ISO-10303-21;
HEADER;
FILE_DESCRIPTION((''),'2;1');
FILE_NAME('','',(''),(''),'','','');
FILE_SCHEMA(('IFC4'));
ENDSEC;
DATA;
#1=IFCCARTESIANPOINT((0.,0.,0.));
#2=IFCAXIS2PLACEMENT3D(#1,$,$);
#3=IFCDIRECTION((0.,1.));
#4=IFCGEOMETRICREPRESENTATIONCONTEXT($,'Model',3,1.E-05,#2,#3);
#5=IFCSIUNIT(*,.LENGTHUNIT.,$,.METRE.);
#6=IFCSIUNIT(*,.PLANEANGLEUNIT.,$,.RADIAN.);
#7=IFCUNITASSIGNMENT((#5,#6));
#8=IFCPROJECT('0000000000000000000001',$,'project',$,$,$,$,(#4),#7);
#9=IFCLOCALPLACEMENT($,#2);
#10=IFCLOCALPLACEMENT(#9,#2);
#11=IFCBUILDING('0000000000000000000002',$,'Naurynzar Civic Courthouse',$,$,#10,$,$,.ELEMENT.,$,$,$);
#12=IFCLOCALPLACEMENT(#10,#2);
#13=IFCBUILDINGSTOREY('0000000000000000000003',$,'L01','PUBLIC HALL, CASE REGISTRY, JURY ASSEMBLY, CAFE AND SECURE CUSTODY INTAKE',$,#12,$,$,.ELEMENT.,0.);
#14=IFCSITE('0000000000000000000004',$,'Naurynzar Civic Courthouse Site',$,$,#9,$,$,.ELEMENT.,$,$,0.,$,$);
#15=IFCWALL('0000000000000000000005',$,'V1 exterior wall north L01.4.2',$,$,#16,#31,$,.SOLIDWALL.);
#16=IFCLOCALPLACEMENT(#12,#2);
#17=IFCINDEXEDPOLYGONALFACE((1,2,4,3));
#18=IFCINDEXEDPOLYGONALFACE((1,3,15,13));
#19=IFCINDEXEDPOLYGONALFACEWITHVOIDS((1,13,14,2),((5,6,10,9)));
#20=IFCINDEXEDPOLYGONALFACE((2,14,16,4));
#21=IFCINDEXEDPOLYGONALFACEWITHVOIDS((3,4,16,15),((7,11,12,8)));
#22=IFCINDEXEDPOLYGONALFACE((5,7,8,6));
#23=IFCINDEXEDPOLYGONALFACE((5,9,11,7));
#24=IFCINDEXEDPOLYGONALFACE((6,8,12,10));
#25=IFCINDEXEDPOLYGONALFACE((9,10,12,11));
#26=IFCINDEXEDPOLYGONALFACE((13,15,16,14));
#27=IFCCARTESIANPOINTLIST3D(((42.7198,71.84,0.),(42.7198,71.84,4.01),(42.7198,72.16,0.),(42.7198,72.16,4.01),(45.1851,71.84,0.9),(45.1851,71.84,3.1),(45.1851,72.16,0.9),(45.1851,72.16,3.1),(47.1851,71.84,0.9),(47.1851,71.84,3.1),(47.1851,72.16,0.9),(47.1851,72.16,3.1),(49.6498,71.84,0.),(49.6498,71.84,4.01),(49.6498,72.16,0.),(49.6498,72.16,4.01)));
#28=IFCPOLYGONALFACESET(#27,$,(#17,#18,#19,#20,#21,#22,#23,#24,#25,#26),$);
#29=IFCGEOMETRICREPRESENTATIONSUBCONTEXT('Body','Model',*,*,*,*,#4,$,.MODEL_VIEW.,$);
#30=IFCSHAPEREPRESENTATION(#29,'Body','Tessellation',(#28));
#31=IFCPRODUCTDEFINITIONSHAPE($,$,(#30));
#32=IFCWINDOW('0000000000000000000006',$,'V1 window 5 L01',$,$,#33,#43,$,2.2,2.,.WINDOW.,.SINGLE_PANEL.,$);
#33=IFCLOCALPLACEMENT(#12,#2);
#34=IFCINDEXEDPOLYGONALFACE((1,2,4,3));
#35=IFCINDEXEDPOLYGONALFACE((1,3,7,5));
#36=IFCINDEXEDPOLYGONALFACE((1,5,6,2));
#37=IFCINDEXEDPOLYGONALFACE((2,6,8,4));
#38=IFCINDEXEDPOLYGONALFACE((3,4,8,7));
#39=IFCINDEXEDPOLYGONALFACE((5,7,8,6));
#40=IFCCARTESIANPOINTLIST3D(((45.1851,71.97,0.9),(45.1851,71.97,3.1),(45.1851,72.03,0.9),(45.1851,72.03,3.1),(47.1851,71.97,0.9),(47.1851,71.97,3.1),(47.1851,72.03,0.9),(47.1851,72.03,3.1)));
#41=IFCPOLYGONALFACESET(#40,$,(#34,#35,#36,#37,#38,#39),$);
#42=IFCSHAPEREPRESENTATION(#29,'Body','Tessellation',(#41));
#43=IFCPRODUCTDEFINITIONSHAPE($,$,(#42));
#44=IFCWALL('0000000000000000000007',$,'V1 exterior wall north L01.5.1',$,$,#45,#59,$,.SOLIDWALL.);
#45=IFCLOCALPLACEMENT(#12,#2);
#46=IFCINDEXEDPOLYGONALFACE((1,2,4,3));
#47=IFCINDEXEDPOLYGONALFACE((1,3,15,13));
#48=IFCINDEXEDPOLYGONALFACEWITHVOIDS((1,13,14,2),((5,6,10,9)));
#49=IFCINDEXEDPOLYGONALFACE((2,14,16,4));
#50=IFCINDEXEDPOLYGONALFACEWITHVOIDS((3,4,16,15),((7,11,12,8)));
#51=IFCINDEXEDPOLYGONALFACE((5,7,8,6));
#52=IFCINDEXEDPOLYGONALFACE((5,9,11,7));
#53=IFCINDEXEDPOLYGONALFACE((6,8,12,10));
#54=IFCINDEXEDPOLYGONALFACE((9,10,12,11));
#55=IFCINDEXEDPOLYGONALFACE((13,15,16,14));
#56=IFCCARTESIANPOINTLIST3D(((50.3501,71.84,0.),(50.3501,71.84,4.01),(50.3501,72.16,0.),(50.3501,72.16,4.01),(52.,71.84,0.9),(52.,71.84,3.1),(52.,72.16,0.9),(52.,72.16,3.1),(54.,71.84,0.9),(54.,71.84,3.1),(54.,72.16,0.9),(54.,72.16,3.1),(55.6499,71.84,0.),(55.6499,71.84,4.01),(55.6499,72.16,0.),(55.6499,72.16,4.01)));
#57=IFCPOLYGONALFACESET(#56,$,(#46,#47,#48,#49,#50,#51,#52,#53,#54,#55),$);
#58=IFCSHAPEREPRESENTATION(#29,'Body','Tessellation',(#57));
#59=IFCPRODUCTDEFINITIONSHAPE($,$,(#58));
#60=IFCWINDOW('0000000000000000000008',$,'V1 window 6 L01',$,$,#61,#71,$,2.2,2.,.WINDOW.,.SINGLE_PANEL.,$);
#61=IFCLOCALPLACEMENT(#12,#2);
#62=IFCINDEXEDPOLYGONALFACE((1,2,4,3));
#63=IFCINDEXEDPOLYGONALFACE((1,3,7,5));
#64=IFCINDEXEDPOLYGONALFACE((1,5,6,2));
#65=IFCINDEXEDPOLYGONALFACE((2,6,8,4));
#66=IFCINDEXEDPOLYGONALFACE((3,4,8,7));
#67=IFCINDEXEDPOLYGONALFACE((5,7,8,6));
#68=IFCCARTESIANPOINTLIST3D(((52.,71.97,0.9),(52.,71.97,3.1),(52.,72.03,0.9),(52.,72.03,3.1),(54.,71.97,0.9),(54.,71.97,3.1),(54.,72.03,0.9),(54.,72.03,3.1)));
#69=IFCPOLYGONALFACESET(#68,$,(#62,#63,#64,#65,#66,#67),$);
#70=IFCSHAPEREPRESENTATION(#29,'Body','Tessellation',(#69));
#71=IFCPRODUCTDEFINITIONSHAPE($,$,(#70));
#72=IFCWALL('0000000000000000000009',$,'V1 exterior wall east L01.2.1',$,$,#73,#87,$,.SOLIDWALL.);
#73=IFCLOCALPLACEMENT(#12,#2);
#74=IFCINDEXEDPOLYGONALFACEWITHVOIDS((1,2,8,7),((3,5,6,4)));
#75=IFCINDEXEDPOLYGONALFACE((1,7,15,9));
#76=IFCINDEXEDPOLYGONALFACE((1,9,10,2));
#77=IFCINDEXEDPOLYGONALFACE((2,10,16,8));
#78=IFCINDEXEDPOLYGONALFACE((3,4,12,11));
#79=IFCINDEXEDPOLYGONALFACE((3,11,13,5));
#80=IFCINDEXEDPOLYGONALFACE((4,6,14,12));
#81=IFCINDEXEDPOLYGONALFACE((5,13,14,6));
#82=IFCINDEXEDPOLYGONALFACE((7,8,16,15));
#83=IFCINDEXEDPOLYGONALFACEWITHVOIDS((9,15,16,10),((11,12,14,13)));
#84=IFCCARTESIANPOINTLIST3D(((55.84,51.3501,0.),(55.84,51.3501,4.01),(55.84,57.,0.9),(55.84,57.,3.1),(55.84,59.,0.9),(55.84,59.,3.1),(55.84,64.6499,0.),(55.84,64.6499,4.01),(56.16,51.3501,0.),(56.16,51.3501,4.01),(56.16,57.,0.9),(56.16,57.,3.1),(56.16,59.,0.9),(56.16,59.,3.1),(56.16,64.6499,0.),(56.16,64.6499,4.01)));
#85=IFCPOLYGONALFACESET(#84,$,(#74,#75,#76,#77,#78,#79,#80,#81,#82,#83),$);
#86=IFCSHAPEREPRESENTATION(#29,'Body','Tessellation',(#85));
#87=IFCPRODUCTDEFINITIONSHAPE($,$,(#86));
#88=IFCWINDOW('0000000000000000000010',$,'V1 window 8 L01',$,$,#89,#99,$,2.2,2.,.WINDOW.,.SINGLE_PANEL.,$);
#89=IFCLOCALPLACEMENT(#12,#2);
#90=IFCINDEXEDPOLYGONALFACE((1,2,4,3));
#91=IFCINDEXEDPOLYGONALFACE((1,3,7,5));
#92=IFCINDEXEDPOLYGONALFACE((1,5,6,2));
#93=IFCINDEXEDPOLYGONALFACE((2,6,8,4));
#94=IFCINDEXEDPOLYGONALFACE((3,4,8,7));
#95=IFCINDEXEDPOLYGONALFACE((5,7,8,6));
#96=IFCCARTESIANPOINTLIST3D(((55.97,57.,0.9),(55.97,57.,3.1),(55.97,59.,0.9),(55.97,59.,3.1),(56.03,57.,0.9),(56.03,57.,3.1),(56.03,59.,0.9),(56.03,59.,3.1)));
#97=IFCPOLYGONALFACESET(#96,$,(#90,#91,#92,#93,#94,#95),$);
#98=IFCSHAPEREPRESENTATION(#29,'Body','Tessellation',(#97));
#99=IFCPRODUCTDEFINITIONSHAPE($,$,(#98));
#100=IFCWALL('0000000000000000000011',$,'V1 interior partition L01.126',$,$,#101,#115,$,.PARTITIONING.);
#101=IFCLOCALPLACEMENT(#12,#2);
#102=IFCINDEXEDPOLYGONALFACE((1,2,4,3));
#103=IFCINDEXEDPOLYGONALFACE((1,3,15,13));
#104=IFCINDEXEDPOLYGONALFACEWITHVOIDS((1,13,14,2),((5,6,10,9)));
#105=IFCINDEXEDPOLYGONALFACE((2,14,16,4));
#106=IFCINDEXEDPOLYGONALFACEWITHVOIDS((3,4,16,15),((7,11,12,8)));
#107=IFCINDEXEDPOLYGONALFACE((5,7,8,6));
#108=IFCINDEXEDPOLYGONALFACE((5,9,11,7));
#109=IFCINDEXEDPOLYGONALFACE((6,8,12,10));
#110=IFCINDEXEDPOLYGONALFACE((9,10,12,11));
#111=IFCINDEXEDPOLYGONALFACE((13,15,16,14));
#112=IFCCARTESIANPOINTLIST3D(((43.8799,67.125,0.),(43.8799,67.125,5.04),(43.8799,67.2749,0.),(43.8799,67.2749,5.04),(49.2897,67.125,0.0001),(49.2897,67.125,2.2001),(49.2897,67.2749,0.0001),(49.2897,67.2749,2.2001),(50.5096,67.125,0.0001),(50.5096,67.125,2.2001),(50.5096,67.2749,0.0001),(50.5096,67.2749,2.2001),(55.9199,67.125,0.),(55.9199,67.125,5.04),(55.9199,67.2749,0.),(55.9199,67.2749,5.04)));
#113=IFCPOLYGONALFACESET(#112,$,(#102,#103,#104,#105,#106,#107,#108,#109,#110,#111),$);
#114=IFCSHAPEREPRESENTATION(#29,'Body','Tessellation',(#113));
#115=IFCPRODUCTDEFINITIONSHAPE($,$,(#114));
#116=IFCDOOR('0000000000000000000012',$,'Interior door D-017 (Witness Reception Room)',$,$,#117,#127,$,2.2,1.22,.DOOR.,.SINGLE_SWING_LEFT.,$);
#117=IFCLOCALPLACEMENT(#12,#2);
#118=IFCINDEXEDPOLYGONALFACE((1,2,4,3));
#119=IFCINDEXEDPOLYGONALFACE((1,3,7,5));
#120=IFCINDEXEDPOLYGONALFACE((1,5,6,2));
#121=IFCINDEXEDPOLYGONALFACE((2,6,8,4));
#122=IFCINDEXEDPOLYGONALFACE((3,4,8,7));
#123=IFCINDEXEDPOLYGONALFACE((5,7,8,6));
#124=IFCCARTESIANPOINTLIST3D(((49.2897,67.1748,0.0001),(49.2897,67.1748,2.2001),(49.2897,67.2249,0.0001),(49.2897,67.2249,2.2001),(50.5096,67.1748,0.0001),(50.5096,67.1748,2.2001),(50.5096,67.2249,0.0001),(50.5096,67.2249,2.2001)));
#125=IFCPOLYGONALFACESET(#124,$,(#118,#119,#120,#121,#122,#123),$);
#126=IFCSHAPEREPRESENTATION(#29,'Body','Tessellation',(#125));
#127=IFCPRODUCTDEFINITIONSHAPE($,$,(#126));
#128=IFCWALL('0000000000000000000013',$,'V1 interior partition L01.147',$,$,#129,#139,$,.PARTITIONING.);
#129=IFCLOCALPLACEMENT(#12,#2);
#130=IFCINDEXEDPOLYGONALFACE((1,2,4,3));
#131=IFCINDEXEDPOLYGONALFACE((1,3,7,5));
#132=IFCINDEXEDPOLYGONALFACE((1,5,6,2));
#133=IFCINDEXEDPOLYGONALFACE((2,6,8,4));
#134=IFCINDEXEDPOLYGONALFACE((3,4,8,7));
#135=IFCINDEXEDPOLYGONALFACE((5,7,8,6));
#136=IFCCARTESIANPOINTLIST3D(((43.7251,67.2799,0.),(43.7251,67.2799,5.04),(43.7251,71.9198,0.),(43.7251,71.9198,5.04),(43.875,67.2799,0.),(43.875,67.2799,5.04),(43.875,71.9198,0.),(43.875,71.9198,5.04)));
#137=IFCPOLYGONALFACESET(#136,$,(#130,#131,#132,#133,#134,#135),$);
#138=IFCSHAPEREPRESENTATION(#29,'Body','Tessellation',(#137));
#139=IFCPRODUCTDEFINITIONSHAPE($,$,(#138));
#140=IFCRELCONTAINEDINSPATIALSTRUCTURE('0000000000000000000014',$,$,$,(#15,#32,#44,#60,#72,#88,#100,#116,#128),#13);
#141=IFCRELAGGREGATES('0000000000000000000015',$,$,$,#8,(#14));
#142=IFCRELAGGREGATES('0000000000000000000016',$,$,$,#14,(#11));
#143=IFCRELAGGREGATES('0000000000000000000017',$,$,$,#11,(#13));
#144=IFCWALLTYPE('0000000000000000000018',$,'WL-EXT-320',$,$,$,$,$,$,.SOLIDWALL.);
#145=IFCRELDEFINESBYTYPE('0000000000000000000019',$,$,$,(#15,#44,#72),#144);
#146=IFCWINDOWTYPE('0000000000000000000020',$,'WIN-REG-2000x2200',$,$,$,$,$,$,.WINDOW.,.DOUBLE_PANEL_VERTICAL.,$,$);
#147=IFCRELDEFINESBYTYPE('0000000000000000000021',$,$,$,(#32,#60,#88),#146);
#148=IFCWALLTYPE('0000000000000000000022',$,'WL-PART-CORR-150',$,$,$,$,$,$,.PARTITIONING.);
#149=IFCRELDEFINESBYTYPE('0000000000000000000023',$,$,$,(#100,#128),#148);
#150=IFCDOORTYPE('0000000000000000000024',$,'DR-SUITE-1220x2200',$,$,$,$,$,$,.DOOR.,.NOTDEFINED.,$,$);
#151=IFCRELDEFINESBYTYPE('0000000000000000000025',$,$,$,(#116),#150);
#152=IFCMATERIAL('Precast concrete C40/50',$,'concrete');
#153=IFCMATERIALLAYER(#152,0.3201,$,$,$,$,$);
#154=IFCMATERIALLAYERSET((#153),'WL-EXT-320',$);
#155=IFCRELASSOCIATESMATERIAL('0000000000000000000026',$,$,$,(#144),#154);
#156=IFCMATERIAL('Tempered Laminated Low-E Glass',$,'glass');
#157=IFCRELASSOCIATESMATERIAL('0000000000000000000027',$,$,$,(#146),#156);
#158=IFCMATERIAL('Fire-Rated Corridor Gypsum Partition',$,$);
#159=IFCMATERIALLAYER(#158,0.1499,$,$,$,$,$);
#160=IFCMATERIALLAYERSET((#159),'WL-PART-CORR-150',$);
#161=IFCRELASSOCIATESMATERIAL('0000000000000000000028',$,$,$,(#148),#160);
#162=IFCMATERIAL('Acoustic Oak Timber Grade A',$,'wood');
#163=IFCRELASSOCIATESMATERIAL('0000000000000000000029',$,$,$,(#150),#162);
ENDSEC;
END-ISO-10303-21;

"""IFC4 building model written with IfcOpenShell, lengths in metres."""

from ifc_helpers import new_model, si_unit, direction, frame, frame_2d, origin, place, context, subcontext, project, spatial, rectangle, extrude, material, layer, layer_set, type_object, element, fill, save


model = new_model("IFC4")

# Units and contexts
model_context = context("Model", 3, precision=1e-05, world=origin(), true_north=direction((0.0, 1.0)))
body_context = subcontext(model_context, "Body", "Model", "MODEL_VIEW")
ifc_project = project(units=[si_unit("LENGTHUNIT", "METRE"), si_unit("PLANEANGLEUNIT", "RADIAN")], contexts=[model_context])

# Site, building, storey
site_placement = place(None, origin())
site = spatial("IfcSite", under=ifc_project, at=site_placement, Name="Naurynzar Civic Courthouse Site", CompositionType="ELEMENT", RefElevation=0.0)
building_placement = place(site_placement, origin())
building = spatial("IfcBuilding", under=site, at=building_placement, Name="Naurynzar Civic Courthouse", CompositionType="ELEMENT")
storey_placement = place(building_placement, origin())
storey = spatial("IfcBuildingStorey", under=building, at=storey_placement, Name="L01", Description="PUBLIC HALL, CASE REGISTRY, JURY ASSEMBLY, CAFE AND SECURE CUSTODY INTAKE", CompositionType="ELEMENT", Elevation=0.0)

# Walls, openings, windows
ifc_material_1 = material(Name="Precast concrete C40/50", Category="concrete")
ifc_layer_1 = layer(ifc_material_1, 0.3201)
ifc_layer_set_1 = layer_set([ifc_layer_1], Name="WL-EXT-320")
wall_type_1 = type_object("IfcWallType", Name="WL-EXT-320", PredefinedType="SOLIDWALL", material=ifc_layer_set_1)
wall_1_placement = place(storey_placement, frame((42.72, 72.0, 0.0), z_axis=(0.0, 0.0, 1.0), x_axis=(1.0, 0.0, 0.0)))
wall_1 = element("IfcWall", 1, at=wall_1_placement, inside=storey, type_object=wall_type_1, Name="V1 exterior wall north L01.4.2", PredefinedType="SOLIDWALL", context=body_context, shape_type="SweptSolid", body=[
    extrude(rectangle(XDim=6.9299, YDim=0.3201, at=frame_2d((3.4648, 0.0))), origin(), (0.0, 0.0, 1.0), 4.01),
])
opening_1_placement = place(wall_1_placement, frame((2.4651, 0.0, 0.8999)))
opening_1 = element("IfcOpeningElement", 2, at=opening_1_placement, cuts=wall_1, PredefinedType="OPENING", context=body_context, shape_type="SweptSolid", body=[
    extrude(rectangle(XDim=2.0, YDim=2.2, at=frame_2d((1.0, 1.1001))), frame((0.0, 0.1699, 0.0), z_axis=(0.0, -1.0, 0.0), x_axis=(1.0, 0.0, 0.0)), (0.0, 0.0, 1.0), 0.3401),
])
ifc_material_2 = material(Name="Tempered Laminated Low-E Glass", Category="glass")
window_type = type_object("IfcWindowType", Name="WIN-REG-2000x2200", PartitioningType="DOUBLE_PANEL_VERTICAL", PredefinedType="WINDOW", material=ifc_material_2)
window_1_placement = place(opening_1_placement, origin())
window_1 = element("IfcWindow", 3, at=window_1_placement, inside=storey, type_object=window_type, Name="V1 window 5 L01", OverallHeight=2.2, OverallWidth=2.0, PartitioningType="SINGLE_PANEL", PredefinedType="WINDOW", context=body_context, shape_type="SweptSolid", body=[
    extrude(rectangle(XDim=2.0, YDim=2.2, at=frame_2d((1.0, 1.1001))), frame((0.0, 0.03, 0.0), z_axis=(0.0, -1.0, 0.0), x_axis=(1.0, 0.0, 0.0)), (0.0, 0.0, 1.0), 0.0601),
])
fill(opening_1, window_1)
wall_2_placement = place(storey_placement, frame((50.3501, 72.0, 0.0), z_axis=(0.0, 0.0, 1.0), x_axis=(1.0, 0.0, 0.0)))
wall_2 = element("IfcWall", 4, at=wall_2_placement, inside=storey, type_object=wall_type_1, Name="V1 exterior wall north L01.5.1", PredefinedType="SOLIDWALL", context=body_context, shape_type="SweptSolid", body=[
    extrude(rectangle(XDim=5.2998, YDim=0.3201, at=frame_2d((2.6499, 0.0))), origin(), (0.0, 0.0, 1.0), 4.01),
])
opening_2_placement = place(wall_2_placement, frame((1.6499, 0.0, 0.8999)))
opening_2 = element("IfcOpeningElement", 5, at=opening_2_placement, cuts=wall_2, PredefinedType="OPENING", context=body_context, shape_type="SweptSolid", body=[
    extrude(rectangle(XDim=2.0, YDim=2.2, at=frame_2d((1.0, 1.1001))), frame((0.0, 0.1699, 0.0), z_axis=(0.0, -1.0, 0.0), x_axis=(1.0, 0.0, 0.0)), (0.0, 0.0, 1.0), 0.3401),
])
window_2_placement = place(opening_2_placement, origin())
window_2 = element("IfcWindow", 6, at=window_2_placement, inside=storey, type_object=window_type, Name="V1 window 6 L01", OverallHeight=2.2, OverallWidth=2.0, PartitioningType="SINGLE_PANEL", PredefinedType="WINDOW", context=body_context, shape_type="SweptSolid", body=[
    extrude(rectangle(XDim=2.0, YDim=2.2, at=frame_2d((1.0, 1.1001))), frame((0.0, 0.03, 0.0), z_axis=(0.0, -1.0, 0.0), x_axis=(1.0, 0.0, 0.0)), (0.0, 0.0, 1.0), 0.0601),
])
fill(opening_2, window_2)
wall_3_placement = place(storey_placement, frame((56.0, 64.6499, 0.0), z_axis=(0.0, 0.0, 1.0), x_axis=(0.0, -1.0, 0.0)))
wall_3 = element("IfcWall", 7, at=wall_3_placement, inside=storey, type_object=wall_type_1, Name="V1 exterior wall east L01.2.1", PredefinedType="SOLIDWALL", context=body_context, shape_type="SweptSolid", body=[
    extrude(rectangle(XDim=13.2998, YDim=0.3201, at=frame_2d((6.6499, 0.0))), origin(), (0.0, 0.0, 1.0), 4.01),
])
opening_3_placement = place(wall_3_placement, frame((5.6499, 0.0, 0.8999)))
opening_3 = element("IfcOpeningElement", 8, at=opening_3_placement, cuts=wall_3, PredefinedType="OPENING", context=body_context, shape_type="SweptSolid", body=[
    extrude(rectangle(XDim=2.0, YDim=2.2, at=frame_2d((1.0, 1.1001))), frame((0.0, 0.1699, 0.0), z_axis=(0.0, -1.0, 0.0), x_axis=(1.0, 0.0, 0.0)), (0.0, 0.0, 1.0), 0.3401),
])
window_3_placement = place(opening_3_placement, origin())
window_3 = element("IfcWindow", 9, at=window_3_placement, inside=storey, type_object=window_type, Name="V1 window 8 L01", OverallHeight=2.2, OverallWidth=2.0, PartitioningType="SINGLE_PANEL", PredefinedType="WINDOW", context=body_context, shape_type="SweptSolid", body=[
    extrude(rectangle(XDim=2.0, YDim=2.2, at=frame_2d((1.0, 1.1001))), frame((0.0, 0.03, 0.0), z_axis=(0.0, -1.0, 0.0), x_axis=(1.0, 0.0, 0.0)), (0.0, 0.0, 1.0), 0.0601),
])
fill(opening_3, window_3)

# Wall, opening, door
ifc_material_3 = material(Name="Fire-Rated Corridor Gypsum Partition")
ifc_layer_2 = layer(ifc_material_3, 0.1499)
ifc_layer_set_2 = layer_set([ifc_layer_2], Name="WL-PART-CORR-150")
wall_type_2 = type_object("IfcWallType", Name="WL-PART-CORR-150", PredefinedType="PARTITIONING", material=ifc_layer_set_2)
wall_4_placement = place(storey_placement, frame((43.8799, 67.2, 0.0), z_axis=(0.0, 0.0, 1.0), x_axis=(1.0, 0.0, 0.0)))
wall_4 = element("IfcWall", 10, at=wall_4_placement, inside=storey, type_object=wall_type_2, Name="V1 interior partition L01.126", PredefinedType="PARTITIONING", context=body_context, shape_type="SweptSolid", body=[
    extrude(rectangle(XDim=12.04, YDim=0.1499, at=frame_2d((6.02, 0.0))), origin(), (0.0, 0.0, 1.0), 5.04),
])
opening_4_placement = place(wall_4_placement, frame((5.4099, 0.0, 0.0)))
opening_4 = element("IfcOpeningElement", 11, at=opening_4_placement, cuts=wall_4, PredefinedType="OPENING", context=body_context, shape_type="SweptSolid", body=[
    extrude(rectangle(XDim=1.22, YDim=2.2, at=frame_2d((0.6099, 1.1001))), frame((0.0, 0.085, 0.0), z_axis=(0.0, -1.0, 0.0), x_axis=(1.0, 0.0, 0.0)), (0.0, 0.0, 1.0), 0.1699),
])
ifc_material_4 = material(Name="Acoustic Oak Timber Grade A", Category="wood")
door_type = type_object("IfcDoorType", Name="DR-SUITE-1220x2200", OperationType="NOTDEFINED", PredefinedType="DOOR", material=ifc_material_4)
door_placement = place(opening_4_placement, origin())
door = element("IfcDoor", 12, at=door_placement, inside=storey, type_object=door_type, Name="Interior door D-017 (Witness Reception Room)", OperationType="SINGLE_SWING_LEFT", OverallHeight=2.2, OverallWidth=1.22, PredefinedType="DOOR", context=body_context, shape_type="SweptSolid", body=[
    extrude(rectangle(XDim=1.22, YDim=2.2, at=frame_2d((0.6099, 1.1001))), frame((0.0, 0.0249, 0.0), z_axis=(0.0, -1.0, 0.0), x_axis=(1.0, 0.0, 0.0)), (0.0, 0.0, 1.0), 0.05),
])
fill(opening_4, door)

# Wall
wall_5_placement = place(storey_placement, frame((43.8, 67.28, 0.0), z_axis=(0.0, 0.0, 1.0), x_axis=(0.0, 1.0, 0.0)))
element("IfcWall", 13, at=wall_5_placement, inside=storey, type_object=wall_type_2, Name="V1 interior partition L01.147", PredefinedType="PARTITIONING", context=body_context, shape_type="SweptSolid", body=[
    extrude(rectangle(XDim=4.6399, YDim=0.1499, at=frame_2d((2.3198, 0.0))), origin(), (0.0, 0.0, 1.0), 5.04),
])

save(model, "model.ifc")
